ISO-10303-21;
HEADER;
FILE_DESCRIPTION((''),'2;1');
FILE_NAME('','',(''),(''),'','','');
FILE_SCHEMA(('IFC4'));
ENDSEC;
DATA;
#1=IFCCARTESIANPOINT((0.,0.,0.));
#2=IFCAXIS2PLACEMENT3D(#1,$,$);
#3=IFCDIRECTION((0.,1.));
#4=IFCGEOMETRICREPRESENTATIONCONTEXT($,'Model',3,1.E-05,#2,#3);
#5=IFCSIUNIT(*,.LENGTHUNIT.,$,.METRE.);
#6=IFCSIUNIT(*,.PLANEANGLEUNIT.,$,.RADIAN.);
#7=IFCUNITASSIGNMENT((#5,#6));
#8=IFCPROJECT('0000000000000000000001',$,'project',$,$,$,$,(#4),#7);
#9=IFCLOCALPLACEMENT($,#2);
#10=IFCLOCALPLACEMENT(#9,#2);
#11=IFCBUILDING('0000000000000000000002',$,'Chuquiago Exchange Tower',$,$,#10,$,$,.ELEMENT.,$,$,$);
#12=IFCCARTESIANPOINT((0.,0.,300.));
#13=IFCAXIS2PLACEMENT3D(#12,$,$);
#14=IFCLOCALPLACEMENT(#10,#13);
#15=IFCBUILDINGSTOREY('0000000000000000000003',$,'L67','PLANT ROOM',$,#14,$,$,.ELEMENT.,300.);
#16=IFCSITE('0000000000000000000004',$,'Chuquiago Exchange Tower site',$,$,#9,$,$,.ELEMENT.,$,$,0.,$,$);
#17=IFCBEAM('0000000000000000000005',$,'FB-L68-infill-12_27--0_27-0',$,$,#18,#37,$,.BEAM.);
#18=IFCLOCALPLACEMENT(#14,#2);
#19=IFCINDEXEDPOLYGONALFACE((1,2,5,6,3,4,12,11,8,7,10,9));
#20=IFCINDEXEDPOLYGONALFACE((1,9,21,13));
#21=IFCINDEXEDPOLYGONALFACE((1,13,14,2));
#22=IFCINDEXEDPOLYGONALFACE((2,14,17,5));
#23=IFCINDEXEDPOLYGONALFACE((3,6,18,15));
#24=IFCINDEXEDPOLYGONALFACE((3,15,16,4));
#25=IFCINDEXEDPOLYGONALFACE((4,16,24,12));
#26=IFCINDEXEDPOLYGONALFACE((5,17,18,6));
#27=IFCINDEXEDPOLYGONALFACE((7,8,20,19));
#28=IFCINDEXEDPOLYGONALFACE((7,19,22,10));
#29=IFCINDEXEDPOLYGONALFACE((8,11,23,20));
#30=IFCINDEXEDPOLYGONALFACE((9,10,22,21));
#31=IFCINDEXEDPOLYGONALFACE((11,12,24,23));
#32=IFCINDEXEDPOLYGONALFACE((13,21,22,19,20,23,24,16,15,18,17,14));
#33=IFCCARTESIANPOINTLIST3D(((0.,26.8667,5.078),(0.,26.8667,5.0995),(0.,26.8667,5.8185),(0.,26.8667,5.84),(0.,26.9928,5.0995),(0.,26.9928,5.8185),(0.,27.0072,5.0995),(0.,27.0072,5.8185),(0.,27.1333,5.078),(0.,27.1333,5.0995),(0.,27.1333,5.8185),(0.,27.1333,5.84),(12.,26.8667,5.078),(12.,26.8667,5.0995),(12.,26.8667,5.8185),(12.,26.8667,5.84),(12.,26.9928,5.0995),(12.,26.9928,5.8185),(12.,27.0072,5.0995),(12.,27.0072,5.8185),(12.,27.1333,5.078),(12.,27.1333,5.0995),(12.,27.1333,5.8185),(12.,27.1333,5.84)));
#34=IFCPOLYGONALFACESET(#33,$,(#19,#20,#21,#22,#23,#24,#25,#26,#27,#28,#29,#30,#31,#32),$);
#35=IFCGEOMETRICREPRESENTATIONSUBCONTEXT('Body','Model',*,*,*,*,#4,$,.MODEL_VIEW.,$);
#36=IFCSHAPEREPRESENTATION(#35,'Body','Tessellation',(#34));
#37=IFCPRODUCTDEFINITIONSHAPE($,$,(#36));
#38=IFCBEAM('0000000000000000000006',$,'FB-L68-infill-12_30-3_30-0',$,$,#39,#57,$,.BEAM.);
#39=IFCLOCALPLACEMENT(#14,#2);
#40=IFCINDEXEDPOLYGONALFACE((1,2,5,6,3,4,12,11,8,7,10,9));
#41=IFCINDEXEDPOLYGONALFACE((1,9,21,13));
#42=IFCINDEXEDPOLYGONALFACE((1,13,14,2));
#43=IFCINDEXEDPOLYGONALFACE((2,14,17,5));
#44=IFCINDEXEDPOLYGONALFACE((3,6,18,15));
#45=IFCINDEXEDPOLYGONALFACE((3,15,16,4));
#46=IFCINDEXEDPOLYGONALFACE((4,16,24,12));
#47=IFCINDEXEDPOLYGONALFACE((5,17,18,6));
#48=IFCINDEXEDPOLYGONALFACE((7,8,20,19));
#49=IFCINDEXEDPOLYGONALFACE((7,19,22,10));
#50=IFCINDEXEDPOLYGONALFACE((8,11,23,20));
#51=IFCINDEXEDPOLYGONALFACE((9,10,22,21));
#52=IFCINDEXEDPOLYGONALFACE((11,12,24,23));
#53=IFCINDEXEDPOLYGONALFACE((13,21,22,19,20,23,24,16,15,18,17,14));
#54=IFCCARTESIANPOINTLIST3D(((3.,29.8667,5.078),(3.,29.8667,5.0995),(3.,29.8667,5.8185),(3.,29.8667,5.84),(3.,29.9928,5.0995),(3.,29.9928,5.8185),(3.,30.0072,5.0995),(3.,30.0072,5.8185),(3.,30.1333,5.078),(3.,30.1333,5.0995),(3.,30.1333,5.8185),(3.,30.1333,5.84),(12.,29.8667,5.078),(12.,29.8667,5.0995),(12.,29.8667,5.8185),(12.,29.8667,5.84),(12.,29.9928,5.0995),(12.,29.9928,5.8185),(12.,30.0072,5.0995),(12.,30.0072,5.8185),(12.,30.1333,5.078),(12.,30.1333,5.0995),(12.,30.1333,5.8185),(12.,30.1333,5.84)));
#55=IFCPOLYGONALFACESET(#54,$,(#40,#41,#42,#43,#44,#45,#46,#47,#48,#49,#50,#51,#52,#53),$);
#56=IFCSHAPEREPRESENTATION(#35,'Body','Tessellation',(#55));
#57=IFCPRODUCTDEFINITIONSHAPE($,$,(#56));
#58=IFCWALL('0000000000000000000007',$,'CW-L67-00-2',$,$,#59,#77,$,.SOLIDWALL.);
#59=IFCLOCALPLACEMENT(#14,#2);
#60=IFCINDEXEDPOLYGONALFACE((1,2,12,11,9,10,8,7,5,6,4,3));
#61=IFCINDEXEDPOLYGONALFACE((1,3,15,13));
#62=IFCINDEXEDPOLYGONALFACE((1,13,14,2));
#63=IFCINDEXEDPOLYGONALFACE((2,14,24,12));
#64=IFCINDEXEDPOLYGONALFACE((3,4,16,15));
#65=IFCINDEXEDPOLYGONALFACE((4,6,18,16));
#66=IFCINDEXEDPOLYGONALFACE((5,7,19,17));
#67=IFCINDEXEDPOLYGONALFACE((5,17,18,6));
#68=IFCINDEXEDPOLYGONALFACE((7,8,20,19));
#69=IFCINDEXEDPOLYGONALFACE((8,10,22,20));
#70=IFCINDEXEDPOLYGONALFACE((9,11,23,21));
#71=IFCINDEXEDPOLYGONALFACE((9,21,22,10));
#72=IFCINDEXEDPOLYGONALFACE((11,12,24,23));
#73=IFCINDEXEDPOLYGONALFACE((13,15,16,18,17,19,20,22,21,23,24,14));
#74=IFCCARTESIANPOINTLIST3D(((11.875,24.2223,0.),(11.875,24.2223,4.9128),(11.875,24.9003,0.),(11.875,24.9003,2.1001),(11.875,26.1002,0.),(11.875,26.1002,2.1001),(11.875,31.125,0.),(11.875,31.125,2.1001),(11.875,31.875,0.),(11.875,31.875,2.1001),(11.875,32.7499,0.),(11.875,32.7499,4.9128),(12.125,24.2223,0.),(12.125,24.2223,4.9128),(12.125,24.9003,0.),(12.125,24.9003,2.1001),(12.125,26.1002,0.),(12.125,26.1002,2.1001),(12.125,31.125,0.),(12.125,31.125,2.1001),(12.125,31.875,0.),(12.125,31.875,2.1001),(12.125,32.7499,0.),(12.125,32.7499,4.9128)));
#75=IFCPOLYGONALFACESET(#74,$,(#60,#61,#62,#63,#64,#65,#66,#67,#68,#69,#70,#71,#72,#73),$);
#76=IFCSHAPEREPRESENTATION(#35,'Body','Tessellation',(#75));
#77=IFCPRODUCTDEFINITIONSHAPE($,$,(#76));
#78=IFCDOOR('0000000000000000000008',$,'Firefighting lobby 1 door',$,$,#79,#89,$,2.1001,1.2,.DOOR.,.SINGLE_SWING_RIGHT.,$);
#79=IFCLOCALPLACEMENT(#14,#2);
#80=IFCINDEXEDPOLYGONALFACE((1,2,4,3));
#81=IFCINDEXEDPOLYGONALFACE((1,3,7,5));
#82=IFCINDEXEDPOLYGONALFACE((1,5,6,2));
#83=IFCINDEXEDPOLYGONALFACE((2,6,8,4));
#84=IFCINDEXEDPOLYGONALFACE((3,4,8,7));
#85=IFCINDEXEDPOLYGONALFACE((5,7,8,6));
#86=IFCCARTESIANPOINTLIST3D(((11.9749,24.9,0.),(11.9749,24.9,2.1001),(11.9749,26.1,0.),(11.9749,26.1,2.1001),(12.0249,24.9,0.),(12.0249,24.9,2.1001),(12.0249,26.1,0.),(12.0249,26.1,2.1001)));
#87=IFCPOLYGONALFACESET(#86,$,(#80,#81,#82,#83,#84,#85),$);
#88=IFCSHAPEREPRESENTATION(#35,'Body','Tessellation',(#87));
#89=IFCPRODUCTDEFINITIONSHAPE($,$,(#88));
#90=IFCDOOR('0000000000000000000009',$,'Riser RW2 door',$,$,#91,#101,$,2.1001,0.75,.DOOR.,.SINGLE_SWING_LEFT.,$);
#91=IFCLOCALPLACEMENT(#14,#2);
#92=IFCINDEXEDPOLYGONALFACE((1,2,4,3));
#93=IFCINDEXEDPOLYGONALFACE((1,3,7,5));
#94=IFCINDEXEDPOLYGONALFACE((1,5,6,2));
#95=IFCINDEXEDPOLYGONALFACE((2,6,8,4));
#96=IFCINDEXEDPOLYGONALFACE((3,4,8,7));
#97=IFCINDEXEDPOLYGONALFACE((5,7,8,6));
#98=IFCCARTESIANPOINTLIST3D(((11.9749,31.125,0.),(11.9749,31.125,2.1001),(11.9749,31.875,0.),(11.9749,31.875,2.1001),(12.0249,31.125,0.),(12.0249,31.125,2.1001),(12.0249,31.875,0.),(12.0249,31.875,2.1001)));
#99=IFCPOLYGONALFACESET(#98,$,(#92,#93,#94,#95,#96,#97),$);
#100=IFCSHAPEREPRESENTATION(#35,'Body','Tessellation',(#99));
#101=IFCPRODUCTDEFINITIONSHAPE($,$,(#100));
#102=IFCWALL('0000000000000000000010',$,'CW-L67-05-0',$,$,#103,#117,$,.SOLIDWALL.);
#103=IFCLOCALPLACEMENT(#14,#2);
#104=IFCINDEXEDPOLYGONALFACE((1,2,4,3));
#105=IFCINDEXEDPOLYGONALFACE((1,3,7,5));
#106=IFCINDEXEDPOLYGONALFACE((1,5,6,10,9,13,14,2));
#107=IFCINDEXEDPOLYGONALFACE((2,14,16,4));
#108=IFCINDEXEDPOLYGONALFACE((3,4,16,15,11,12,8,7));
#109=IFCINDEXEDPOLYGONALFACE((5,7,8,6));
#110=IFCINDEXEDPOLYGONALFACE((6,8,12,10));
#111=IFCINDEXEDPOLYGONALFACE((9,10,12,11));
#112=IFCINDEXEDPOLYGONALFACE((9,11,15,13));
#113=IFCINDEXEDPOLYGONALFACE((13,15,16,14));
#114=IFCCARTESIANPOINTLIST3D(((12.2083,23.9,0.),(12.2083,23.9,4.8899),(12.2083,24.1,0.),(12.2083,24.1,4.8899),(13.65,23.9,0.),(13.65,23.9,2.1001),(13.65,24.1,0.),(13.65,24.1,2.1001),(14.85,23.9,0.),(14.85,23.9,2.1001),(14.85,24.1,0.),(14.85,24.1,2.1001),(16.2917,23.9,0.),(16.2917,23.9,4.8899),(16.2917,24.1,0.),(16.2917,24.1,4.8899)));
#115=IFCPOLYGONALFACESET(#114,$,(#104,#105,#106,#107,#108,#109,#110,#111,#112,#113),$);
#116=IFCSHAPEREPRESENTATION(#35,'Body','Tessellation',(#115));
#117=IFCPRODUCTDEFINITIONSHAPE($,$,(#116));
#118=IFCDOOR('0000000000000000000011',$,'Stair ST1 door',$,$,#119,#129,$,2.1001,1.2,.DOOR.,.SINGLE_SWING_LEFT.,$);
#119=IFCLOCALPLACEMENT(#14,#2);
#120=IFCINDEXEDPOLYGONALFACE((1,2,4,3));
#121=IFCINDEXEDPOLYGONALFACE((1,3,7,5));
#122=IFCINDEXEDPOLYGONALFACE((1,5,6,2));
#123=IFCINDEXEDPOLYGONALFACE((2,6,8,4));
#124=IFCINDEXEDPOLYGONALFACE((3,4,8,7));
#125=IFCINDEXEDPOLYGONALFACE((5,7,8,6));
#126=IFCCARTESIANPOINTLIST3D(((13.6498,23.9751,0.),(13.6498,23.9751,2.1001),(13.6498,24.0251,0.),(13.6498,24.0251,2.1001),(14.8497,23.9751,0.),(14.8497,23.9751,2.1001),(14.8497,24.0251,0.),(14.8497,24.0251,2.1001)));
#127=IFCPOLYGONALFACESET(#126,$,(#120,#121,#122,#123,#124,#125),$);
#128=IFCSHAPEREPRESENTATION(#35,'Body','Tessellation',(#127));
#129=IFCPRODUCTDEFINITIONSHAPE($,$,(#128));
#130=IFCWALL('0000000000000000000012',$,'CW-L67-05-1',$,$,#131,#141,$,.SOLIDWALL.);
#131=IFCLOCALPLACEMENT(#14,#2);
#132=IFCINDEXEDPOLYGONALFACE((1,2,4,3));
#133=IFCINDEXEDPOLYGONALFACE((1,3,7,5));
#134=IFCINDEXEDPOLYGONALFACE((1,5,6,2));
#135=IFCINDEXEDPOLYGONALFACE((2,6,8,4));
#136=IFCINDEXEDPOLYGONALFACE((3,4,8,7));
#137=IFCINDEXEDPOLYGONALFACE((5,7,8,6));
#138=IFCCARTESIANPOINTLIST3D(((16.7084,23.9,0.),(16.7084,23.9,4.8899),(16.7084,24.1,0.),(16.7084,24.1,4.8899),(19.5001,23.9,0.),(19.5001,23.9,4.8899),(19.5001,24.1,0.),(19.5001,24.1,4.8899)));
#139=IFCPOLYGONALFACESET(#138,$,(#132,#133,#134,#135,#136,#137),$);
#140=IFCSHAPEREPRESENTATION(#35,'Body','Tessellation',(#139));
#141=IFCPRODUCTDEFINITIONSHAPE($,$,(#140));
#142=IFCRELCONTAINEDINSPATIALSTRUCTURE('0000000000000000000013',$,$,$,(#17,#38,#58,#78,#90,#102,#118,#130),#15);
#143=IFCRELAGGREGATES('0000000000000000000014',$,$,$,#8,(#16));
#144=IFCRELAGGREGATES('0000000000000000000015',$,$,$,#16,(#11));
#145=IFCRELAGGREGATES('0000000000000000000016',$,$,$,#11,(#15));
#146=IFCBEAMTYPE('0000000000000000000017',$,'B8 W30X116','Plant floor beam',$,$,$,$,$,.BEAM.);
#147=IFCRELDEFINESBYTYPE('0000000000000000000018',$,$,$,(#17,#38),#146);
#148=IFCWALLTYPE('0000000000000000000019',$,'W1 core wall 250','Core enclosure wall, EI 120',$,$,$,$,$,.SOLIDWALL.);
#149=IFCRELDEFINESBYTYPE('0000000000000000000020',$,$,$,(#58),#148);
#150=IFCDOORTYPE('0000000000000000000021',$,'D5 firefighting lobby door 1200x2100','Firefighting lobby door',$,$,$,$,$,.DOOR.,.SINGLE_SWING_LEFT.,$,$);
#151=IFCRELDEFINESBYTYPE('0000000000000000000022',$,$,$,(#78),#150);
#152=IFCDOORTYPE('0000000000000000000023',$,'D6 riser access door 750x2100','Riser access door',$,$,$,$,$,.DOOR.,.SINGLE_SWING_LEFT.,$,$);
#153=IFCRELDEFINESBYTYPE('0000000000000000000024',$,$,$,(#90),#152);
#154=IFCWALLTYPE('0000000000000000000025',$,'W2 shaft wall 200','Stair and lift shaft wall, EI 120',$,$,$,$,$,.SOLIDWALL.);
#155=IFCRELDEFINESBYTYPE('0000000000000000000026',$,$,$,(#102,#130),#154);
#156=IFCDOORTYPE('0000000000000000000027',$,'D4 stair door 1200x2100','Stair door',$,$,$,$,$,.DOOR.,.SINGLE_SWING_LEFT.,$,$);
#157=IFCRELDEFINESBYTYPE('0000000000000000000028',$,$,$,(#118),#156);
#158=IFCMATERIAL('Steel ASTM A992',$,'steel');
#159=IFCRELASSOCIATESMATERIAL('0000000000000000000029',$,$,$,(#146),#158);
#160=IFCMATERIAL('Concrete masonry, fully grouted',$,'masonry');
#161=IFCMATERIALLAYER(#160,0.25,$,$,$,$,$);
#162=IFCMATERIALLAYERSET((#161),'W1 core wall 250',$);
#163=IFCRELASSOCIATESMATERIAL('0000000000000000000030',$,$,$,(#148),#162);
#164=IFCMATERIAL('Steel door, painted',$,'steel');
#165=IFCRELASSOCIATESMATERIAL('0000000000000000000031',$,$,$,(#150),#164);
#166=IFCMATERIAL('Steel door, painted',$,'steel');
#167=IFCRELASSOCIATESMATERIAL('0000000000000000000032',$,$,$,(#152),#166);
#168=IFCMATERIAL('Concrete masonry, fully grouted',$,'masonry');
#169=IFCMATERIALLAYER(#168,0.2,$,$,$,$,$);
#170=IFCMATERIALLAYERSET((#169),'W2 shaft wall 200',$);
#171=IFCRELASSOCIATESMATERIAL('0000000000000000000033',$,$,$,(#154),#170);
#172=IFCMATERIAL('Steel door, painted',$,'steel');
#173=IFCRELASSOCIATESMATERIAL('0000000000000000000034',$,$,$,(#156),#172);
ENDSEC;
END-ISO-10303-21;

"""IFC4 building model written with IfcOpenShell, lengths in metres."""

from ifc_helpers import new_model, si_unit, direction, frame, frame_2d, origin, origin_2d, place, context, subcontext, project, spatial, rectangle, i_section, extrude, material, layer, layer_set, material_profile, profile_set, type_object, element, fill, save


model = new_model("IFC4")

# Units and contexts
model_context = context("Model", 3, precision=1e-05, world=origin(), true_north=direction((0.0, 1.0)))
body_context = subcontext(model_context, "Body", "Model", "MODEL_VIEW")
ifc_project = project(units=[si_unit("LENGTHUNIT", "METRE"), si_unit("PLANEANGLEUNIT", "RADIAN")], contexts=[model_context])

# Site, building, storey
site_placement = place(None, origin())
site = spatial("IfcSite", under=ifc_project, at=site_placement, Name="Chuquiago Exchange Tower site", CompositionType="ELEMENT", RefElevation=0.0)
building_placement = place(site_placement, origin())
building = spatial("IfcBuilding", under=site, at=building_placement, Name="Chuquiago Exchange Tower", CompositionType="ELEMENT")
storey_placement = place(building_placement, frame((0.0, 0.0, 300.0)))
storey = spatial("IfcBuildingStorey", under=building, at=storey_placement, Name="L67", Description="PLANT ROOM", CompositionType="ELEMENT", Elevation=300.0)

# Beams
ifc_material_1 = material(Name="Steel ASTM A992", Category="steel")
ifc_material_profile_1 = material_profile(ifc_material_1, i_section(OverallWidth=0.2666, OverallDepth=0.762, WebThickness=0.0144, FlangeThickness=0.0215, at=origin_2d()), Name="W30X116")
ifc_profile_set_1 = profile_set([ifc_material_profile_1], Name="Steel ASTM A992")
beam_type_1 = type_object("IfcBeamType", Name="B8 W30X116", Description="Plant floor beam", PredefinedType="BEAM", material=ifc_profile_set_1)
for number, where, z_axis, x_axis, name in (
    (1, (12.0, 27.0, 5.459), (-1.0, 0.0, 0.0), (0.0, -1.0, 0.0), "FB-L68-infill-12_27--0_27-0"),
):
    element("IfcBeam", number, at=place(storey_placement, frame(where, z_axis=z_axis, x_axis=x_axis)), inside=storey, type_object=beam_type_1, Name=name, PredefinedType="BEAM", context=body_context, shape_type="SweptSolid", body=[
        extrude(i_section(OverallWidth=0.2666, OverallDepth=0.762, WebThickness=0.0144, FlangeThickness=0.0215, at=origin_2d()), origin(), (0.0, 0.0, 1.0), 12.0),
    ])
beam_1_placement = place(storey_placement, frame((12.0, 30.0, 5.459), z_axis=(-1.0, 0.0, 0.0), x_axis=(0.0, -1.0, 0.0)))
element("IfcBeam", 2, at=beam_1_placement, inside=storey, type_object=beam_type_1, Name="FB-L68-infill-12_30-3_30-0", PredefinedType="BEAM", context=body_context, shape_type="SweptSolid", body=[
    extrude(i_section(OverallWidth=0.2666, OverallDepth=0.762, WebThickness=0.0144, FlangeThickness=0.0215, at=origin_2d()), origin(), (0.0, 0.0, 1.0), 9.0),
])

# Wall, openings, doors
ifc_material_2 = material(Name="Concrete masonry, fully grouted", Category="masonry")
ifc_layer_1 = layer(ifc_material_2, 0.25)
ifc_layer_set_1 = layer_set([ifc_layer_1], Name="W1 core wall 250")
wall_type_1 = type_object("IfcWallType", Name="W1 core wall 250", Description="Core enclosure wall, EI 120", PredefinedType="SOLIDWALL", material=ifc_layer_set_1)
wall_1_placement = place(storey_placement, frame((12.0, 24.2224, 0.0), z_axis=(0.0, 0.0, 1.0), x_axis=(0.0, 1.0, 0.0)))
wall_1 = element("IfcWall", 3, at=wall_1_placement, inside=storey, type_object=wall_type_1, Name="CW-L67-00-2", PredefinedType="SOLIDWALL", context=body_context, shape_type="SweptSolid", body=[
    extrude(rectangle(XDim=8.5276, YDim=0.25, at=frame_2d((4.2637, 0.0))), origin(), (0.0, 0.0, 1.0), 4.9128),
])
opening_1_placement = place(wall_1_placement, frame((0.6777, 0.0, 0.0)))
opening_1 = element("IfcOpeningElement", 4, at=opening_1_placement, cuts=wall_1, PredefinedType="OPENING", context=body_context, shape_type="SweptSolid", body=[
    extrude(rectangle(XDim=1.2, YDim=2.1001, at=frame_2d((0.6001, 1.05))), frame((0.0, 0.135, 0.0), z_axis=(0.0, -1.0, 0.0), x_axis=(1.0, 0.0, 0.0)), (0.0, 0.0, 1.0), 0.27),
])
opening_2_placement = place(wall_1_placement, frame((6.9026, 0.0, 0.0)))
opening_2 = element("IfcOpeningElement", 5, at=opening_2_placement, cuts=wall_1, PredefinedType="OPENING", context=body_context, shape_type="SweptSolid", body=[
    extrude(rectangle(XDim=0.75, YDim=2.1001, at=frame_2d((0.375, 1.05))), frame((0.0, 0.135, 0.0), z_axis=(0.0, -1.0, 0.0), x_axis=(1.0, 0.0, 0.0)), (0.0, 0.0, 1.0), 0.27),
])
ifc_material_3 = material(Name="Steel door, painted", Category="steel")
door_type_1 = type_object("IfcDoorType", Name="D5 firefighting lobby door 1200x2100", Description="Firefighting lobby door", OperationType="SINGLE_SWING_LEFT", PredefinedType="DOOR", material=ifc_material_3)
door_1_placement = place(opening_1_placement, frame((1.2, 0.0, 0.0), z_axis=(0.0, 0.0, 1.0), x_axis=(-1.0, 0.0, 0.0)))
door_1 = element("IfcDoor", 6, at=door_1_placement, inside=storey, type_object=door_type_1, Name="Firefighting lobby 1 door", OperationType="SINGLE_SWING_RIGHT", OverallHeight=2.1001, OverallWidth=1.2, PredefinedType="DOOR", context=body_context, shape_type="SweptSolid", body=[
    extrude(rectangle(XDim=1.2, YDim=2.1001, at=frame_2d((0.6001, 1.05))), frame((0.0, 0.0249, 0.0), z_axis=(0.0, -1.0, 0.0), x_axis=(1.0, 0.0, 0.0)), (0.0, 0.0, 1.0), 0.05),
])
fill(opening_1, door_1)
ifc_material_4 = material(Name="Steel door, painted", Category="steel")
door_type_2 = type_object("IfcDoorType", Name="D6 riser access door 750x2100", Description="Riser access door", OperationType="SINGLE_SWING_LEFT", PredefinedType="DOOR", material=ifc_material_4)
door_2_placement = place(opening_2_placement, frame((0.75, 0.0, 0.0), z_axis=(0.0, 0.0, 1.0), x_axis=(-1.0, 0.0, 0.0)))
door_2 = element("IfcDoor", 7, at=door_2_placement, inside=storey, type_object=door_type_2, Name="Riser RW2 door", OperationType="SINGLE_SWING_LEFT", OverallHeight=2.1001, OverallWidth=0.75, PredefinedType="DOOR", context=body_context, shape_type="SweptSolid", body=[
    extrude(rectangle(XDim=0.75, YDim=2.1001, at=frame_2d((0.375, 1.05))), frame((0.0, 0.0249, 0.0), z_axis=(0.0, -1.0, 0.0), x_axis=(1.0, 0.0, 0.0)), (0.0, 0.0, 1.0), 0.05),
])
fill(opening_2, door_2)

# Wall, opening, door
ifc_material_5 = material(Name="Concrete masonry, fully grouted", Category="masonry")
ifc_layer_2 = layer(ifc_material_5, 0.2)
ifc_layer_set_2 = layer_set([ifc_layer_2], Name="W2 shaft wall 200")
wall_type_2 = type_object("IfcWallType", Name="W2 shaft wall 200", Description="Stair and lift shaft wall, EI 120", PredefinedType="SOLIDWALL", material=ifc_layer_set_2)
wall_2_placement = place(storey_placement, frame((12.2083, 24.0, 0.0), z_axis=(0.0, 0.0, 1.0), x_axis=(1.0, 0.0, 0.0)))
wall_2 = element("IfcWall", 8, at=wall_2_placement, inside=storey, type_object=wall_type_2, Name="CW-L67-05-0", PredefinedType="SOLIDWALL", context=body_context, shape_type="SweptSolid", body=[
    extrude(rectangle(XDim=4.0835, YDim=0.2, at=frame_2d((2.0417, 0.0))), origin(), (0.0, 0.0, 1.0), 4.8899),
])
opening_3_placement = place(wall_2_placement, frame((1.4417, 0.0, 0.0)))
opening_3 = element("IfcOpeningElement", 9, at=opening_3_placement, cuts=wall_2, PredefinedType="OPENING", context=body_context, shape_type="SweptSolid", body=[
    extrude(rectangle(XDim=1.2, YDim=2.1001, at=frame_2d((0.6001, 1.05))), frame((0.0, 0.1099, 0.0), z_axis=(0.0, -1.0, 0.0), x_axis=(1.0, 0.0, 0.0)), (0.0, 0.0, 1.0), 0.22),
])
ifc_material_6 = material(Name="Steel door, painted", Category="steel")
door_type_3 = type_object("IfcDoorType", Name="D4 stair door 1200x2100", Description="Stair door", OperationType="SINGLE_SWING_LEFT", PredefinedType="DOOR", material=ifc_material_6)
door_3_placement = place(opening_3_placement, frame((1.2, 0.0, 0.0), z_axis=(0.0, 0.0, 1.0), x_axis=(-1.0, 0.0, 0.0)))
door_3 = element("IfcDoor", 10, at=door_3_placement, inside=storey, type_object=door_type_3, Name="Stair ST1 door", OperationType="SINGLE_SWING_LEFT", OverallHeight=2.1001, OverallWidth=1.2, PredefinedType="DOOR", context=body_context, shape_type="SweptSolid", body=[
    extrude(rectangle(XDim=1.2, YDim=2.1001, at=frame_2d((0.6001, 1.05))), frame((0.0, 0.0249, 0.0), z_axis=(0.0, -1.0, 0.0), x_axis=(1.0, 0.0, 0.0)), (0.0, 0.0, 1.0), 0.05),
])
fill(opening_3, door_3)

# Wall
wall_3_placement = place(storey_placement, frame((16.7083, 24.0, 0.0), z_axis=(0.0, 0.0, 1.0), x_axis=(1.0, 0.0, 0.0)))
element("IfcWall", 11, at=wall_3_placement, inside=storey, type_object=wall_type_2, Name="CW-L67-05-1", PredefinedType="SOLIDWALL", context=body_context, shape_type="SweptSolid", body=[
    extrude(rectangle(XDim=2.7917, YDim=0.2, at=frame_2d((1.396, 0.0))), origin(), (0.0, 0.0, 1.0), 4.8899),
])

save(model, "model.ifc")
